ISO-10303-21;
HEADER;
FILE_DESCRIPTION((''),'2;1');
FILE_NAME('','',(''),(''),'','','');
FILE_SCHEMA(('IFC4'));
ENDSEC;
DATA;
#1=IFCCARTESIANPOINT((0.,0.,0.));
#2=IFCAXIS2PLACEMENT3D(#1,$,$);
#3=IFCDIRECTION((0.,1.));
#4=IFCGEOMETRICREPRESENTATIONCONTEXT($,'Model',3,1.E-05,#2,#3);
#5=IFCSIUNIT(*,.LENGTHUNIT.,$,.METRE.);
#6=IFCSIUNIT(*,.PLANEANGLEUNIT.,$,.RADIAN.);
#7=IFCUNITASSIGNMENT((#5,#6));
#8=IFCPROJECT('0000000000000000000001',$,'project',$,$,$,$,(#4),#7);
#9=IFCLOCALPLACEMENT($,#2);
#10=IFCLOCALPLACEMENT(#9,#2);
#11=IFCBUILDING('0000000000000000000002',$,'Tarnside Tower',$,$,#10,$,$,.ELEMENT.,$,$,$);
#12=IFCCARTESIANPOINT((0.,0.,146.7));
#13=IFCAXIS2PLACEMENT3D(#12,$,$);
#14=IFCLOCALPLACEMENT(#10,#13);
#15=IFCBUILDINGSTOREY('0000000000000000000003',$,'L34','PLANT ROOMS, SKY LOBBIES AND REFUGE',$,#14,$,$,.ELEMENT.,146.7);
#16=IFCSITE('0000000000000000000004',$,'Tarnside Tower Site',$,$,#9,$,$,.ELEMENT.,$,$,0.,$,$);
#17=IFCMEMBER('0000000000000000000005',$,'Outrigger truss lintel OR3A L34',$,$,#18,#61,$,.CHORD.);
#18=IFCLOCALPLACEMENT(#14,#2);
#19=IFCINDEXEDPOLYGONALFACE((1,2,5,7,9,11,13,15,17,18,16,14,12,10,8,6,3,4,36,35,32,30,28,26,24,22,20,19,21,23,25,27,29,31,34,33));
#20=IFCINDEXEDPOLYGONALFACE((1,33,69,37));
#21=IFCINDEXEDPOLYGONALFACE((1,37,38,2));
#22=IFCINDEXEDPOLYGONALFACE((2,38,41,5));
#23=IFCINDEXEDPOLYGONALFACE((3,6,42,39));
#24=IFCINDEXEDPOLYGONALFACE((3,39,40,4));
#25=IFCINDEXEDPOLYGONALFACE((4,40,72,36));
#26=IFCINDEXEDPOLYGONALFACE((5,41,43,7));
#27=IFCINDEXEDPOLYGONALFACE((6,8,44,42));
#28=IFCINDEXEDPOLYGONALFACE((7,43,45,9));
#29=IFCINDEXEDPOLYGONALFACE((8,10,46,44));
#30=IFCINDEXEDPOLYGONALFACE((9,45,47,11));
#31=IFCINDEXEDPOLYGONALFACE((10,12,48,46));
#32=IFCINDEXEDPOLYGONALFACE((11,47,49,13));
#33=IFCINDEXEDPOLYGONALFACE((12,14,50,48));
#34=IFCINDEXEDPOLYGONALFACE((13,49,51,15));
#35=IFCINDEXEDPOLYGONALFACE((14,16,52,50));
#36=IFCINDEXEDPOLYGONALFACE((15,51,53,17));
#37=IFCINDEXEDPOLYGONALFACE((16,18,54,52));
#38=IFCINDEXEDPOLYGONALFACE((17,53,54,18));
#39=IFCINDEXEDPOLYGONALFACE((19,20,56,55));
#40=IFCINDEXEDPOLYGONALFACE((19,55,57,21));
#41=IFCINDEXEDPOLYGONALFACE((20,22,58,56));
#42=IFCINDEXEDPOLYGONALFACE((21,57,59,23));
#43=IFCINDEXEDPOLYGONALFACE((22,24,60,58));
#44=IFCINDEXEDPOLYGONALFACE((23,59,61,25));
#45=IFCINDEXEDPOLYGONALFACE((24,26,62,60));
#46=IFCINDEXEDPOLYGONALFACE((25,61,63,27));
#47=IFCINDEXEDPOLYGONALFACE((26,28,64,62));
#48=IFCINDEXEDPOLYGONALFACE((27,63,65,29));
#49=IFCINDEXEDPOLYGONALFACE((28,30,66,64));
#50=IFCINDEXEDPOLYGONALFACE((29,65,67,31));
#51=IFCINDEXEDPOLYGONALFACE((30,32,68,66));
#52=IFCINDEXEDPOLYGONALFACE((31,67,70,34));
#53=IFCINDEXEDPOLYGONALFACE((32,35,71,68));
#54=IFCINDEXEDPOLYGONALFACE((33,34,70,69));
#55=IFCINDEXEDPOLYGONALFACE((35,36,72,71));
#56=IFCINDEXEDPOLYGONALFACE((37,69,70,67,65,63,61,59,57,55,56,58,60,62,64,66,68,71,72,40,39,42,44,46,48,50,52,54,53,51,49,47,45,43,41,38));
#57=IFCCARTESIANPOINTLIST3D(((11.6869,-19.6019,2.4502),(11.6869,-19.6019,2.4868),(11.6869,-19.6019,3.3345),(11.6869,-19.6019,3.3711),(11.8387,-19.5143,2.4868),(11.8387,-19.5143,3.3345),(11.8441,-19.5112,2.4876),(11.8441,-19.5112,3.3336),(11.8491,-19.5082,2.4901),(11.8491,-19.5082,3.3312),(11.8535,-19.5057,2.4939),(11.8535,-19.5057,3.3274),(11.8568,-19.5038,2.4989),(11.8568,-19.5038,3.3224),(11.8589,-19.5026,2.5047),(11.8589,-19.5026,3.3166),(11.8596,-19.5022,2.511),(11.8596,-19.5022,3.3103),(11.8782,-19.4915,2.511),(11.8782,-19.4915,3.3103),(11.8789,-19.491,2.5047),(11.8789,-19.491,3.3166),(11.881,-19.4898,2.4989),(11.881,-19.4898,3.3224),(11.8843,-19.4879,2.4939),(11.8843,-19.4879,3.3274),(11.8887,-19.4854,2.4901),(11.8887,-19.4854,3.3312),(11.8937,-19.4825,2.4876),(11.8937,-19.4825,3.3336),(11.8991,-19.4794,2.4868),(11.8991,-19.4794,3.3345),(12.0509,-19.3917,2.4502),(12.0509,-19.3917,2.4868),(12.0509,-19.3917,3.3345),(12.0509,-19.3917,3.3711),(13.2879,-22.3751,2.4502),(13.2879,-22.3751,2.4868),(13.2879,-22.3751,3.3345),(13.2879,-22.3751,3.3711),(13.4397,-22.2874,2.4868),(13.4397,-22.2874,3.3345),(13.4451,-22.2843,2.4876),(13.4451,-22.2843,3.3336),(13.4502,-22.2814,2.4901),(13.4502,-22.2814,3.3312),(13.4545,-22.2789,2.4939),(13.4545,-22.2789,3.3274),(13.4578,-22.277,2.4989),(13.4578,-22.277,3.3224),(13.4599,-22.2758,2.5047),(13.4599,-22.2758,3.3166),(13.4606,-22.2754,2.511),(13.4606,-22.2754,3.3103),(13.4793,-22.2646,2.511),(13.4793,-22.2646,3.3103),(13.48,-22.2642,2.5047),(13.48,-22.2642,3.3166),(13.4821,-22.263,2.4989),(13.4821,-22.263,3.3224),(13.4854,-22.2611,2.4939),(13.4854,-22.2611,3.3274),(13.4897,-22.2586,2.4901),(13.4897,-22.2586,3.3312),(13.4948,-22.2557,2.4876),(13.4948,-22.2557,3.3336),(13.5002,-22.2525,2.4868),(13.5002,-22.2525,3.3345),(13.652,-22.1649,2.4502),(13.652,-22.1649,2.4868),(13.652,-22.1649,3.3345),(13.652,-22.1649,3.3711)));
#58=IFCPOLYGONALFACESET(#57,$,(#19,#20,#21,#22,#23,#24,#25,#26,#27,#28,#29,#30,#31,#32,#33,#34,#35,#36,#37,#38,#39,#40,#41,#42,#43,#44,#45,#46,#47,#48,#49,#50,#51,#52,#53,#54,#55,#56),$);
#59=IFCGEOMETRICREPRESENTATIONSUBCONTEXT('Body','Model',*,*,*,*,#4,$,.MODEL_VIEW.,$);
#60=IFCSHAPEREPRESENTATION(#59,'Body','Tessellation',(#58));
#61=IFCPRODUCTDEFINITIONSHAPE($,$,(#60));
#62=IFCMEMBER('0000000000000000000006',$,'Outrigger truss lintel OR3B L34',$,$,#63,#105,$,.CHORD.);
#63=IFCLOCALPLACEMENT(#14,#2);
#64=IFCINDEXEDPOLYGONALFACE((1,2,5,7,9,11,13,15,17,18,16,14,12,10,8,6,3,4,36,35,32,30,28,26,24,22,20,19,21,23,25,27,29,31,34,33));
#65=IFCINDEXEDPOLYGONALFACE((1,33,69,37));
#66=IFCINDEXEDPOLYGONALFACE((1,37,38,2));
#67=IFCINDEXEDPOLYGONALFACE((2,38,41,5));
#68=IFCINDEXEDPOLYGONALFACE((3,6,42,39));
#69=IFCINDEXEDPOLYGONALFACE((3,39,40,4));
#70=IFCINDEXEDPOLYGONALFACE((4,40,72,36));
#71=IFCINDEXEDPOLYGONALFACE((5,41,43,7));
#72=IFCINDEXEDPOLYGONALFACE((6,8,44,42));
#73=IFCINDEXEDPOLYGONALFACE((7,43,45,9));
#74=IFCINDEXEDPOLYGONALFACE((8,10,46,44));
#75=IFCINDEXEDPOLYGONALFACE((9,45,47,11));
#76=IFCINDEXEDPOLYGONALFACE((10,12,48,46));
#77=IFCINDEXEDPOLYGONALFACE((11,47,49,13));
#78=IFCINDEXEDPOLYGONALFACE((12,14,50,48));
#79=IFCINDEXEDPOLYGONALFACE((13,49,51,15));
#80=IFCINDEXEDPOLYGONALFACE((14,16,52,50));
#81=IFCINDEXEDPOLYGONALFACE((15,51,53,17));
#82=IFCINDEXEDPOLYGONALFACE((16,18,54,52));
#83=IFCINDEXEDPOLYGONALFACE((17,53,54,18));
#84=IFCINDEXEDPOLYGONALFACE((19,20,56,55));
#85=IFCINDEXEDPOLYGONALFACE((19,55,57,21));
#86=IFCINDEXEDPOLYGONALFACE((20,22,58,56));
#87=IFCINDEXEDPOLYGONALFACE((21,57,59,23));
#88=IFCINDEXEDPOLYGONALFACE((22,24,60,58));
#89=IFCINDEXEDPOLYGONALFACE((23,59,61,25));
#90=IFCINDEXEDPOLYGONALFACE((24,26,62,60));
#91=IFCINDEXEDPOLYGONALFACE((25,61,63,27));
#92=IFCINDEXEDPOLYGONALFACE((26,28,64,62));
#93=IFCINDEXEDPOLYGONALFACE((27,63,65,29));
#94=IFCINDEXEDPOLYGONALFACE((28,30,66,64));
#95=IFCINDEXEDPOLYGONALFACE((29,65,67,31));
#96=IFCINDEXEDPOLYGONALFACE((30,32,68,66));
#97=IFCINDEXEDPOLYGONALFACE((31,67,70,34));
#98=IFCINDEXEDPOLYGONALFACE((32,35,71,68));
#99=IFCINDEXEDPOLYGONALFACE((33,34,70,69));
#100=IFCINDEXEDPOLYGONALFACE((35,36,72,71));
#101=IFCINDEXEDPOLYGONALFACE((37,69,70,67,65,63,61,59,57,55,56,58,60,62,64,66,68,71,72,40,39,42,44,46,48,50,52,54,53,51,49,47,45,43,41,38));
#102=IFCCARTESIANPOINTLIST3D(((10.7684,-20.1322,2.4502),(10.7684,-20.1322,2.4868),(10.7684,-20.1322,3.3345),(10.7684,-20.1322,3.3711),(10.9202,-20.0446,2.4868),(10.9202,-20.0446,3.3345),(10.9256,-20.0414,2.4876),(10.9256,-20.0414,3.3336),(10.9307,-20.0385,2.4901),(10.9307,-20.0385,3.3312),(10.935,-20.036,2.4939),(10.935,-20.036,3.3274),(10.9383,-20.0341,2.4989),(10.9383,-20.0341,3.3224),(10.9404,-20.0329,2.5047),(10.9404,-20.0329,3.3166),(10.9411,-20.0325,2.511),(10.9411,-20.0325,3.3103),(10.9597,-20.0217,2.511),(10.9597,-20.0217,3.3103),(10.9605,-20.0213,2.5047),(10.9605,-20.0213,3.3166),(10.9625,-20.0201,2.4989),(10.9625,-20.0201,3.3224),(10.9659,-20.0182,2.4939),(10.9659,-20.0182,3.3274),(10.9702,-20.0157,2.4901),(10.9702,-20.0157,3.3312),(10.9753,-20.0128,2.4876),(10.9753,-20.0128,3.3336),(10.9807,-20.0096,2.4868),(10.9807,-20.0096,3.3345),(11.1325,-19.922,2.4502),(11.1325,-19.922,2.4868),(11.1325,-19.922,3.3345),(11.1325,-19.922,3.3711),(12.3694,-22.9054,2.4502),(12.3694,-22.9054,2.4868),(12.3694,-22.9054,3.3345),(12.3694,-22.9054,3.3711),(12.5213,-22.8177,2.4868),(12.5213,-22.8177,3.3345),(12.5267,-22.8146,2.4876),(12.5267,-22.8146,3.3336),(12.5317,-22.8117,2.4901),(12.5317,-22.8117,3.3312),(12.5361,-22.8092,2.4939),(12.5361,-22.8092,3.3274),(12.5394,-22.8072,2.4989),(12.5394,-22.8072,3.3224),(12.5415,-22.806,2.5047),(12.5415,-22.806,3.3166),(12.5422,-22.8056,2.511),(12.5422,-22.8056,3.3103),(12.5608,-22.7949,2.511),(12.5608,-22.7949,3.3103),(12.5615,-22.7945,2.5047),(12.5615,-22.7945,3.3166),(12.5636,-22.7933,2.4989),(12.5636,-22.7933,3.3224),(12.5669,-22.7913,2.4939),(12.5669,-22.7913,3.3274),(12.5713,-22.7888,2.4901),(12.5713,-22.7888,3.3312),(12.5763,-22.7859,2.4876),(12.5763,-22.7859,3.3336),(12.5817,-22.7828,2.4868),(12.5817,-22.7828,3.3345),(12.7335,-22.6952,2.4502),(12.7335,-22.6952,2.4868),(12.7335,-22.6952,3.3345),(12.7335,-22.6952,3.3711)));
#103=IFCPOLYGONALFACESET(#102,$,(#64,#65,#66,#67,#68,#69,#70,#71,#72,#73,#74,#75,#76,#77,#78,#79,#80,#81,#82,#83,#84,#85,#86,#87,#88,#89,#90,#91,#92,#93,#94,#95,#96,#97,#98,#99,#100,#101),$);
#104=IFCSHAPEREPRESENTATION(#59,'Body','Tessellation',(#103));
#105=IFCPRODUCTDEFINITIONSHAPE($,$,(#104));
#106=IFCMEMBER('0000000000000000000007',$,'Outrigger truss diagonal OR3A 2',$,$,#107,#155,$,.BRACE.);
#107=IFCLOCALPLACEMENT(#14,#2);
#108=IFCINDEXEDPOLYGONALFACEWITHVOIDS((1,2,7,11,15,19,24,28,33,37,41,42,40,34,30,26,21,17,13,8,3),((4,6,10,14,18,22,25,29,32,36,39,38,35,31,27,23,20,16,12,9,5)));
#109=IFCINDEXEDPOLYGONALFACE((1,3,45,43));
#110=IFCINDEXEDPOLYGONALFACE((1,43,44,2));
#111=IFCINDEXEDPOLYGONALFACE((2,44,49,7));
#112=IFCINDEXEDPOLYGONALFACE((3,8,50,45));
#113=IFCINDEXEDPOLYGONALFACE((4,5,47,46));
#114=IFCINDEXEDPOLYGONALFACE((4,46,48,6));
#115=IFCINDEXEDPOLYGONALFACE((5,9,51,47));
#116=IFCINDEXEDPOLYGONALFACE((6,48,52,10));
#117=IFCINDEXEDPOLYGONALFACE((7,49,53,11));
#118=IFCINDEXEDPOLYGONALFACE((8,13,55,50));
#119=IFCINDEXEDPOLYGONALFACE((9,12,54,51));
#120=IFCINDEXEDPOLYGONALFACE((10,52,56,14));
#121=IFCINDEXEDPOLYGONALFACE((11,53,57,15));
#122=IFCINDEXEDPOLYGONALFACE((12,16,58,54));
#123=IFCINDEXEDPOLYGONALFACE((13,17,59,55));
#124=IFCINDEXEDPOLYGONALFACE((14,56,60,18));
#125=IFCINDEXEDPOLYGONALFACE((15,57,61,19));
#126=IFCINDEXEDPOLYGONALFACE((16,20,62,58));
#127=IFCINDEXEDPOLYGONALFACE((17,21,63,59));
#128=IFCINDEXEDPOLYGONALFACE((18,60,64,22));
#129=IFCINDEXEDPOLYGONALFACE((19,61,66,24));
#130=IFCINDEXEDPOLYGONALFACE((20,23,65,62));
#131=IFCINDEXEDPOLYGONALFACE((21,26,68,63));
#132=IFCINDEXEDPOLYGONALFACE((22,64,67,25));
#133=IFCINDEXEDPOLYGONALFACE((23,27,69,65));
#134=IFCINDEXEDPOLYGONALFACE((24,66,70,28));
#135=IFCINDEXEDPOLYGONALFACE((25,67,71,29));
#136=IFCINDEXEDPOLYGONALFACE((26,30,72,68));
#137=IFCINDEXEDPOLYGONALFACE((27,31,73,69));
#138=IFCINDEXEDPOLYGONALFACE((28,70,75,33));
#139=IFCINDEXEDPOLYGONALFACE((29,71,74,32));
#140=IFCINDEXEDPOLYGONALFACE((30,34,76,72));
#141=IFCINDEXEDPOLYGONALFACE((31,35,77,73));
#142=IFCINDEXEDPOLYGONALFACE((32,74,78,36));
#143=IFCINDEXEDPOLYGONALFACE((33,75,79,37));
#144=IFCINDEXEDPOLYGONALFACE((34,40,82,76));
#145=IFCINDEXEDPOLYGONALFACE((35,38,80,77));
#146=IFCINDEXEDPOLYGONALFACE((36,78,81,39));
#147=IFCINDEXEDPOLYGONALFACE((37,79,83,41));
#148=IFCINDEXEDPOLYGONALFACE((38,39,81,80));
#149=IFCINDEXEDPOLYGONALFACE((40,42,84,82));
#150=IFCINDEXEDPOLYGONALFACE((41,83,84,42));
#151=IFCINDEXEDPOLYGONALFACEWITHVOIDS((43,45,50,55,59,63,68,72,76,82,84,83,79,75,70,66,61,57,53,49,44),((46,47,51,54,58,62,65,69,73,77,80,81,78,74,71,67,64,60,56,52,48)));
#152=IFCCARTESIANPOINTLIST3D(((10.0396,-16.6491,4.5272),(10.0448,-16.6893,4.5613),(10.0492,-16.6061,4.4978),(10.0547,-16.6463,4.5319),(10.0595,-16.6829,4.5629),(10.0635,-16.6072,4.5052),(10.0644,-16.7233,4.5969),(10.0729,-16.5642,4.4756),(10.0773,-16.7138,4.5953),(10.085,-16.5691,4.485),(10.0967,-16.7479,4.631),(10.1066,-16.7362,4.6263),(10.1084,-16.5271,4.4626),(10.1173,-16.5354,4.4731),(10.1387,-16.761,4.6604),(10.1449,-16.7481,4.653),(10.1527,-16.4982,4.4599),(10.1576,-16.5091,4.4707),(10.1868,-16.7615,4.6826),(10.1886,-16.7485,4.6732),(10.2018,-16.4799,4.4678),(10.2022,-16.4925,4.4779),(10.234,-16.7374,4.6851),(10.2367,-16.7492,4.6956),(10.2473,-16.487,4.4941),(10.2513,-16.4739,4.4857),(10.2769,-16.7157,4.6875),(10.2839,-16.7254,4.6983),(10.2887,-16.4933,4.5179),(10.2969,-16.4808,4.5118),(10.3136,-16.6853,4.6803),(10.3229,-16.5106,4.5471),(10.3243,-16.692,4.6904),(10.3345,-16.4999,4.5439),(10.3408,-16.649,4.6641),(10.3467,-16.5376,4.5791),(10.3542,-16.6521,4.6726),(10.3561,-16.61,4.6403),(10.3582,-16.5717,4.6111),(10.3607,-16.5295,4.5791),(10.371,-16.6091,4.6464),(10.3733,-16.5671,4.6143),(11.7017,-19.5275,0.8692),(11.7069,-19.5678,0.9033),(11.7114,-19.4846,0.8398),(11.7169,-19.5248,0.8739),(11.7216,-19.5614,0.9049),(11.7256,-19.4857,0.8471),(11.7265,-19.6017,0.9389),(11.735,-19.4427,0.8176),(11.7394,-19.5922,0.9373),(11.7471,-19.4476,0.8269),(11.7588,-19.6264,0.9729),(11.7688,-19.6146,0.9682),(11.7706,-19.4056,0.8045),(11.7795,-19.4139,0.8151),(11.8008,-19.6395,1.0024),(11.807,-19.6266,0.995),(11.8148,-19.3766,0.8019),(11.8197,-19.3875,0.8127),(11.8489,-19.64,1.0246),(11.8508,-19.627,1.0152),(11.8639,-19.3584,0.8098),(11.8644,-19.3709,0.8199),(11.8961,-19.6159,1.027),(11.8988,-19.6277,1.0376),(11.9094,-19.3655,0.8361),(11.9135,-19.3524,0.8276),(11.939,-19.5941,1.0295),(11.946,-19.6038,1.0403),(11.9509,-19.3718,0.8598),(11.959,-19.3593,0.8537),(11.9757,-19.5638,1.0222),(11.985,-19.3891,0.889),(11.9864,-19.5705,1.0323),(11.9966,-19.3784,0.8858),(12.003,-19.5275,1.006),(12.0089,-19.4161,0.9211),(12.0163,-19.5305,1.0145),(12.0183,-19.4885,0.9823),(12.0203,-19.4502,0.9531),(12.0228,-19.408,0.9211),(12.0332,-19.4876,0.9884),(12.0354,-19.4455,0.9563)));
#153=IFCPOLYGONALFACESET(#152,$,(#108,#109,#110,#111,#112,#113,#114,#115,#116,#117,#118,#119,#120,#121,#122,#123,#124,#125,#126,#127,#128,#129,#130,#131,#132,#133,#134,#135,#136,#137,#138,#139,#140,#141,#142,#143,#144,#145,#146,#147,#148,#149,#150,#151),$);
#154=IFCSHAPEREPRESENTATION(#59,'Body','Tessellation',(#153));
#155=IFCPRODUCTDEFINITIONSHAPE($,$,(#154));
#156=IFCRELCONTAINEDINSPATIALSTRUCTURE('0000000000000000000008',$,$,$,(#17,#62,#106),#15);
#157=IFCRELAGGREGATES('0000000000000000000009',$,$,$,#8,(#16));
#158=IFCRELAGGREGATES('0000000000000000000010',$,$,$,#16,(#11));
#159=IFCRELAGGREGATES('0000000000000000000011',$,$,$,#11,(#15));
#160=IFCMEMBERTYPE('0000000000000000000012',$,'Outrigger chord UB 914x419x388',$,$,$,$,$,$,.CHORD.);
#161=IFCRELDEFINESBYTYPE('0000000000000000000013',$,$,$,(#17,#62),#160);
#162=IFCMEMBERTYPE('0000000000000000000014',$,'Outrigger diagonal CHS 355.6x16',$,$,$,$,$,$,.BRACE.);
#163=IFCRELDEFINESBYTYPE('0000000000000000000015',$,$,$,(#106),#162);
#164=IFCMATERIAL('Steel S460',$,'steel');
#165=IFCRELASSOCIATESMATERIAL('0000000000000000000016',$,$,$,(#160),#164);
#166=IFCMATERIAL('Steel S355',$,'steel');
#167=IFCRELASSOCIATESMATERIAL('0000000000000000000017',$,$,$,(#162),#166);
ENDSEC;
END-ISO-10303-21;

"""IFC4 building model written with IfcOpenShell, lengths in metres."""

from ifc_helpers import new_model, si_unit, direction, frame, origin, origin_2d, place, context, subcontext, project, spatial, hollow_circle, i_section, extrude, material, material_profile, profile_set, type_object, element, save


model = new_model("IFC4")

# Units and contexts
model_context = context("Model", 3, precision=1e-05, world=origin(), true_north=direction((0.0, 1.0)))
body_context = subcontext(model_context, "Body", "Model", "MODEL_VIEW")
ifc_project = project(units=[si_unit("LENGTHUNIT", "METRE"), si_unit("PLANEANGLEUNIT", "RADIAN")], contexts=[model_context])

# Site, building, storey
site_placement = place(None, origin())
site = spatial("IfcSite", under=ifc_project, at=site_placement, Name="Tarnside Tower Site", CompositionType="ELEMENT", RefElevation=0.0)
building_placement = place(site_placement, origin())
building = spatial("IfcBuilding", under=site, at=building_placement, Name="Tarnside Tower", CompositionType="ELEMENT")
storey_placement = place(building_placement, frame((0.0, 0.0, 146.7)))
storey = spatial("IfcBuildingStorey", under=building, at=storey_placement, Name="L34", Description="PLANT ROOMS, SKY LOBBIES AND REFUGE", CompositionType="ELEMENT", Elevation=146.7)

# Members
ifc_material_1 = material(Name="Steel S460", Category="steel")
ifc_material_profile_1 = material_profile(ifc_material_1, i_section(OverallWidth=0.4204, OverallDepth=0.9209, WebThickness=0.0215, FlangeThickness=0.0366, FilletRadius=0.0242, at=origin_2d()), Name="UB 914x419x388")
ifc_profile_set_1 = profile_set([ifc_material_profile_1], Name="Steel S460")
member_type_1 = type_object("IfcMemberType", Name="Outrigger chord UB 914x419x388", PredefinedType="CHORD", material=ifc_profile_set_1)
for number, where, z_axis, x_axis, name in (
    (1, (11.8689, -19.4968, 2.9106), (0.499993, -0.866029, 0.0), (0.866029, 0.499993, 0.0), "Outrigger truss lintel OR3A L34"),
    (2, (10.9504, -20.0271, 2.9106), (0.499993, -0.866029, 0.0), (0.866029, 0.499993, 0.0), "Outrigger truss lintel OR3B L34"),
):
    element("IfcMember", number, at=place(storey_placement, frame(where, z_axis=z_axis, x_axis=x_axis)), inside=storey, type_object=member_type_1, Name=name, PredefinedType="CHORD", context=body_context, shape_type="SweptSolid", body=[
        extrude(i_section(OverallWidth=0.4204, OverallDepth=0.9209, WebThickness=0.0215, FlangeThickness=0.0366, FilletRadius=0.0242, at=origin_2d()), origin(), (0.0, 0.0, 1.0), 3.2021),
    ])
ifc_material_2 = material(Name="Steel S355", Category="steel")
ifc_material_profile_2 = material_profile(ifc_material_2, hollow_circle(Radius=0.1777, WallThickness=0.0161, at=origin_2d()), Name="CHS 355.6x16")
ifc_profile_set_2 = profile_set([ifc_material_profile_2], Name="Steel S355")
member_type_2 = type_object("IfcMemberType", Name="Outrigger diagonal CHS 355.6x16", PredefinedType="BRACE", material=ifc_profile_set_2)
member_1_placement = place(storey_placement, frame((10.2068, -16.6184, 4.5791), z_axis=(0.336287, -0.582378, -0.740099), x_axis=(0.865992, 0.500057, 0.0)))
element("IfcMember", 3, at=member_1_placement, inside=storey, type_object=member_type_2, Name="Outrigger truss diagonal OR3A 2", PredefinedType="BRACE", context=body_context, shape_type="SweptSolid", body=[
    extrude(hollow_circle(Radius=0.1777, WallThickness=0.0161, at=origin_2d()), origin(), (0.0, 0.0, 1.0), 4.9426),
])

save(model, "model.ifc")
